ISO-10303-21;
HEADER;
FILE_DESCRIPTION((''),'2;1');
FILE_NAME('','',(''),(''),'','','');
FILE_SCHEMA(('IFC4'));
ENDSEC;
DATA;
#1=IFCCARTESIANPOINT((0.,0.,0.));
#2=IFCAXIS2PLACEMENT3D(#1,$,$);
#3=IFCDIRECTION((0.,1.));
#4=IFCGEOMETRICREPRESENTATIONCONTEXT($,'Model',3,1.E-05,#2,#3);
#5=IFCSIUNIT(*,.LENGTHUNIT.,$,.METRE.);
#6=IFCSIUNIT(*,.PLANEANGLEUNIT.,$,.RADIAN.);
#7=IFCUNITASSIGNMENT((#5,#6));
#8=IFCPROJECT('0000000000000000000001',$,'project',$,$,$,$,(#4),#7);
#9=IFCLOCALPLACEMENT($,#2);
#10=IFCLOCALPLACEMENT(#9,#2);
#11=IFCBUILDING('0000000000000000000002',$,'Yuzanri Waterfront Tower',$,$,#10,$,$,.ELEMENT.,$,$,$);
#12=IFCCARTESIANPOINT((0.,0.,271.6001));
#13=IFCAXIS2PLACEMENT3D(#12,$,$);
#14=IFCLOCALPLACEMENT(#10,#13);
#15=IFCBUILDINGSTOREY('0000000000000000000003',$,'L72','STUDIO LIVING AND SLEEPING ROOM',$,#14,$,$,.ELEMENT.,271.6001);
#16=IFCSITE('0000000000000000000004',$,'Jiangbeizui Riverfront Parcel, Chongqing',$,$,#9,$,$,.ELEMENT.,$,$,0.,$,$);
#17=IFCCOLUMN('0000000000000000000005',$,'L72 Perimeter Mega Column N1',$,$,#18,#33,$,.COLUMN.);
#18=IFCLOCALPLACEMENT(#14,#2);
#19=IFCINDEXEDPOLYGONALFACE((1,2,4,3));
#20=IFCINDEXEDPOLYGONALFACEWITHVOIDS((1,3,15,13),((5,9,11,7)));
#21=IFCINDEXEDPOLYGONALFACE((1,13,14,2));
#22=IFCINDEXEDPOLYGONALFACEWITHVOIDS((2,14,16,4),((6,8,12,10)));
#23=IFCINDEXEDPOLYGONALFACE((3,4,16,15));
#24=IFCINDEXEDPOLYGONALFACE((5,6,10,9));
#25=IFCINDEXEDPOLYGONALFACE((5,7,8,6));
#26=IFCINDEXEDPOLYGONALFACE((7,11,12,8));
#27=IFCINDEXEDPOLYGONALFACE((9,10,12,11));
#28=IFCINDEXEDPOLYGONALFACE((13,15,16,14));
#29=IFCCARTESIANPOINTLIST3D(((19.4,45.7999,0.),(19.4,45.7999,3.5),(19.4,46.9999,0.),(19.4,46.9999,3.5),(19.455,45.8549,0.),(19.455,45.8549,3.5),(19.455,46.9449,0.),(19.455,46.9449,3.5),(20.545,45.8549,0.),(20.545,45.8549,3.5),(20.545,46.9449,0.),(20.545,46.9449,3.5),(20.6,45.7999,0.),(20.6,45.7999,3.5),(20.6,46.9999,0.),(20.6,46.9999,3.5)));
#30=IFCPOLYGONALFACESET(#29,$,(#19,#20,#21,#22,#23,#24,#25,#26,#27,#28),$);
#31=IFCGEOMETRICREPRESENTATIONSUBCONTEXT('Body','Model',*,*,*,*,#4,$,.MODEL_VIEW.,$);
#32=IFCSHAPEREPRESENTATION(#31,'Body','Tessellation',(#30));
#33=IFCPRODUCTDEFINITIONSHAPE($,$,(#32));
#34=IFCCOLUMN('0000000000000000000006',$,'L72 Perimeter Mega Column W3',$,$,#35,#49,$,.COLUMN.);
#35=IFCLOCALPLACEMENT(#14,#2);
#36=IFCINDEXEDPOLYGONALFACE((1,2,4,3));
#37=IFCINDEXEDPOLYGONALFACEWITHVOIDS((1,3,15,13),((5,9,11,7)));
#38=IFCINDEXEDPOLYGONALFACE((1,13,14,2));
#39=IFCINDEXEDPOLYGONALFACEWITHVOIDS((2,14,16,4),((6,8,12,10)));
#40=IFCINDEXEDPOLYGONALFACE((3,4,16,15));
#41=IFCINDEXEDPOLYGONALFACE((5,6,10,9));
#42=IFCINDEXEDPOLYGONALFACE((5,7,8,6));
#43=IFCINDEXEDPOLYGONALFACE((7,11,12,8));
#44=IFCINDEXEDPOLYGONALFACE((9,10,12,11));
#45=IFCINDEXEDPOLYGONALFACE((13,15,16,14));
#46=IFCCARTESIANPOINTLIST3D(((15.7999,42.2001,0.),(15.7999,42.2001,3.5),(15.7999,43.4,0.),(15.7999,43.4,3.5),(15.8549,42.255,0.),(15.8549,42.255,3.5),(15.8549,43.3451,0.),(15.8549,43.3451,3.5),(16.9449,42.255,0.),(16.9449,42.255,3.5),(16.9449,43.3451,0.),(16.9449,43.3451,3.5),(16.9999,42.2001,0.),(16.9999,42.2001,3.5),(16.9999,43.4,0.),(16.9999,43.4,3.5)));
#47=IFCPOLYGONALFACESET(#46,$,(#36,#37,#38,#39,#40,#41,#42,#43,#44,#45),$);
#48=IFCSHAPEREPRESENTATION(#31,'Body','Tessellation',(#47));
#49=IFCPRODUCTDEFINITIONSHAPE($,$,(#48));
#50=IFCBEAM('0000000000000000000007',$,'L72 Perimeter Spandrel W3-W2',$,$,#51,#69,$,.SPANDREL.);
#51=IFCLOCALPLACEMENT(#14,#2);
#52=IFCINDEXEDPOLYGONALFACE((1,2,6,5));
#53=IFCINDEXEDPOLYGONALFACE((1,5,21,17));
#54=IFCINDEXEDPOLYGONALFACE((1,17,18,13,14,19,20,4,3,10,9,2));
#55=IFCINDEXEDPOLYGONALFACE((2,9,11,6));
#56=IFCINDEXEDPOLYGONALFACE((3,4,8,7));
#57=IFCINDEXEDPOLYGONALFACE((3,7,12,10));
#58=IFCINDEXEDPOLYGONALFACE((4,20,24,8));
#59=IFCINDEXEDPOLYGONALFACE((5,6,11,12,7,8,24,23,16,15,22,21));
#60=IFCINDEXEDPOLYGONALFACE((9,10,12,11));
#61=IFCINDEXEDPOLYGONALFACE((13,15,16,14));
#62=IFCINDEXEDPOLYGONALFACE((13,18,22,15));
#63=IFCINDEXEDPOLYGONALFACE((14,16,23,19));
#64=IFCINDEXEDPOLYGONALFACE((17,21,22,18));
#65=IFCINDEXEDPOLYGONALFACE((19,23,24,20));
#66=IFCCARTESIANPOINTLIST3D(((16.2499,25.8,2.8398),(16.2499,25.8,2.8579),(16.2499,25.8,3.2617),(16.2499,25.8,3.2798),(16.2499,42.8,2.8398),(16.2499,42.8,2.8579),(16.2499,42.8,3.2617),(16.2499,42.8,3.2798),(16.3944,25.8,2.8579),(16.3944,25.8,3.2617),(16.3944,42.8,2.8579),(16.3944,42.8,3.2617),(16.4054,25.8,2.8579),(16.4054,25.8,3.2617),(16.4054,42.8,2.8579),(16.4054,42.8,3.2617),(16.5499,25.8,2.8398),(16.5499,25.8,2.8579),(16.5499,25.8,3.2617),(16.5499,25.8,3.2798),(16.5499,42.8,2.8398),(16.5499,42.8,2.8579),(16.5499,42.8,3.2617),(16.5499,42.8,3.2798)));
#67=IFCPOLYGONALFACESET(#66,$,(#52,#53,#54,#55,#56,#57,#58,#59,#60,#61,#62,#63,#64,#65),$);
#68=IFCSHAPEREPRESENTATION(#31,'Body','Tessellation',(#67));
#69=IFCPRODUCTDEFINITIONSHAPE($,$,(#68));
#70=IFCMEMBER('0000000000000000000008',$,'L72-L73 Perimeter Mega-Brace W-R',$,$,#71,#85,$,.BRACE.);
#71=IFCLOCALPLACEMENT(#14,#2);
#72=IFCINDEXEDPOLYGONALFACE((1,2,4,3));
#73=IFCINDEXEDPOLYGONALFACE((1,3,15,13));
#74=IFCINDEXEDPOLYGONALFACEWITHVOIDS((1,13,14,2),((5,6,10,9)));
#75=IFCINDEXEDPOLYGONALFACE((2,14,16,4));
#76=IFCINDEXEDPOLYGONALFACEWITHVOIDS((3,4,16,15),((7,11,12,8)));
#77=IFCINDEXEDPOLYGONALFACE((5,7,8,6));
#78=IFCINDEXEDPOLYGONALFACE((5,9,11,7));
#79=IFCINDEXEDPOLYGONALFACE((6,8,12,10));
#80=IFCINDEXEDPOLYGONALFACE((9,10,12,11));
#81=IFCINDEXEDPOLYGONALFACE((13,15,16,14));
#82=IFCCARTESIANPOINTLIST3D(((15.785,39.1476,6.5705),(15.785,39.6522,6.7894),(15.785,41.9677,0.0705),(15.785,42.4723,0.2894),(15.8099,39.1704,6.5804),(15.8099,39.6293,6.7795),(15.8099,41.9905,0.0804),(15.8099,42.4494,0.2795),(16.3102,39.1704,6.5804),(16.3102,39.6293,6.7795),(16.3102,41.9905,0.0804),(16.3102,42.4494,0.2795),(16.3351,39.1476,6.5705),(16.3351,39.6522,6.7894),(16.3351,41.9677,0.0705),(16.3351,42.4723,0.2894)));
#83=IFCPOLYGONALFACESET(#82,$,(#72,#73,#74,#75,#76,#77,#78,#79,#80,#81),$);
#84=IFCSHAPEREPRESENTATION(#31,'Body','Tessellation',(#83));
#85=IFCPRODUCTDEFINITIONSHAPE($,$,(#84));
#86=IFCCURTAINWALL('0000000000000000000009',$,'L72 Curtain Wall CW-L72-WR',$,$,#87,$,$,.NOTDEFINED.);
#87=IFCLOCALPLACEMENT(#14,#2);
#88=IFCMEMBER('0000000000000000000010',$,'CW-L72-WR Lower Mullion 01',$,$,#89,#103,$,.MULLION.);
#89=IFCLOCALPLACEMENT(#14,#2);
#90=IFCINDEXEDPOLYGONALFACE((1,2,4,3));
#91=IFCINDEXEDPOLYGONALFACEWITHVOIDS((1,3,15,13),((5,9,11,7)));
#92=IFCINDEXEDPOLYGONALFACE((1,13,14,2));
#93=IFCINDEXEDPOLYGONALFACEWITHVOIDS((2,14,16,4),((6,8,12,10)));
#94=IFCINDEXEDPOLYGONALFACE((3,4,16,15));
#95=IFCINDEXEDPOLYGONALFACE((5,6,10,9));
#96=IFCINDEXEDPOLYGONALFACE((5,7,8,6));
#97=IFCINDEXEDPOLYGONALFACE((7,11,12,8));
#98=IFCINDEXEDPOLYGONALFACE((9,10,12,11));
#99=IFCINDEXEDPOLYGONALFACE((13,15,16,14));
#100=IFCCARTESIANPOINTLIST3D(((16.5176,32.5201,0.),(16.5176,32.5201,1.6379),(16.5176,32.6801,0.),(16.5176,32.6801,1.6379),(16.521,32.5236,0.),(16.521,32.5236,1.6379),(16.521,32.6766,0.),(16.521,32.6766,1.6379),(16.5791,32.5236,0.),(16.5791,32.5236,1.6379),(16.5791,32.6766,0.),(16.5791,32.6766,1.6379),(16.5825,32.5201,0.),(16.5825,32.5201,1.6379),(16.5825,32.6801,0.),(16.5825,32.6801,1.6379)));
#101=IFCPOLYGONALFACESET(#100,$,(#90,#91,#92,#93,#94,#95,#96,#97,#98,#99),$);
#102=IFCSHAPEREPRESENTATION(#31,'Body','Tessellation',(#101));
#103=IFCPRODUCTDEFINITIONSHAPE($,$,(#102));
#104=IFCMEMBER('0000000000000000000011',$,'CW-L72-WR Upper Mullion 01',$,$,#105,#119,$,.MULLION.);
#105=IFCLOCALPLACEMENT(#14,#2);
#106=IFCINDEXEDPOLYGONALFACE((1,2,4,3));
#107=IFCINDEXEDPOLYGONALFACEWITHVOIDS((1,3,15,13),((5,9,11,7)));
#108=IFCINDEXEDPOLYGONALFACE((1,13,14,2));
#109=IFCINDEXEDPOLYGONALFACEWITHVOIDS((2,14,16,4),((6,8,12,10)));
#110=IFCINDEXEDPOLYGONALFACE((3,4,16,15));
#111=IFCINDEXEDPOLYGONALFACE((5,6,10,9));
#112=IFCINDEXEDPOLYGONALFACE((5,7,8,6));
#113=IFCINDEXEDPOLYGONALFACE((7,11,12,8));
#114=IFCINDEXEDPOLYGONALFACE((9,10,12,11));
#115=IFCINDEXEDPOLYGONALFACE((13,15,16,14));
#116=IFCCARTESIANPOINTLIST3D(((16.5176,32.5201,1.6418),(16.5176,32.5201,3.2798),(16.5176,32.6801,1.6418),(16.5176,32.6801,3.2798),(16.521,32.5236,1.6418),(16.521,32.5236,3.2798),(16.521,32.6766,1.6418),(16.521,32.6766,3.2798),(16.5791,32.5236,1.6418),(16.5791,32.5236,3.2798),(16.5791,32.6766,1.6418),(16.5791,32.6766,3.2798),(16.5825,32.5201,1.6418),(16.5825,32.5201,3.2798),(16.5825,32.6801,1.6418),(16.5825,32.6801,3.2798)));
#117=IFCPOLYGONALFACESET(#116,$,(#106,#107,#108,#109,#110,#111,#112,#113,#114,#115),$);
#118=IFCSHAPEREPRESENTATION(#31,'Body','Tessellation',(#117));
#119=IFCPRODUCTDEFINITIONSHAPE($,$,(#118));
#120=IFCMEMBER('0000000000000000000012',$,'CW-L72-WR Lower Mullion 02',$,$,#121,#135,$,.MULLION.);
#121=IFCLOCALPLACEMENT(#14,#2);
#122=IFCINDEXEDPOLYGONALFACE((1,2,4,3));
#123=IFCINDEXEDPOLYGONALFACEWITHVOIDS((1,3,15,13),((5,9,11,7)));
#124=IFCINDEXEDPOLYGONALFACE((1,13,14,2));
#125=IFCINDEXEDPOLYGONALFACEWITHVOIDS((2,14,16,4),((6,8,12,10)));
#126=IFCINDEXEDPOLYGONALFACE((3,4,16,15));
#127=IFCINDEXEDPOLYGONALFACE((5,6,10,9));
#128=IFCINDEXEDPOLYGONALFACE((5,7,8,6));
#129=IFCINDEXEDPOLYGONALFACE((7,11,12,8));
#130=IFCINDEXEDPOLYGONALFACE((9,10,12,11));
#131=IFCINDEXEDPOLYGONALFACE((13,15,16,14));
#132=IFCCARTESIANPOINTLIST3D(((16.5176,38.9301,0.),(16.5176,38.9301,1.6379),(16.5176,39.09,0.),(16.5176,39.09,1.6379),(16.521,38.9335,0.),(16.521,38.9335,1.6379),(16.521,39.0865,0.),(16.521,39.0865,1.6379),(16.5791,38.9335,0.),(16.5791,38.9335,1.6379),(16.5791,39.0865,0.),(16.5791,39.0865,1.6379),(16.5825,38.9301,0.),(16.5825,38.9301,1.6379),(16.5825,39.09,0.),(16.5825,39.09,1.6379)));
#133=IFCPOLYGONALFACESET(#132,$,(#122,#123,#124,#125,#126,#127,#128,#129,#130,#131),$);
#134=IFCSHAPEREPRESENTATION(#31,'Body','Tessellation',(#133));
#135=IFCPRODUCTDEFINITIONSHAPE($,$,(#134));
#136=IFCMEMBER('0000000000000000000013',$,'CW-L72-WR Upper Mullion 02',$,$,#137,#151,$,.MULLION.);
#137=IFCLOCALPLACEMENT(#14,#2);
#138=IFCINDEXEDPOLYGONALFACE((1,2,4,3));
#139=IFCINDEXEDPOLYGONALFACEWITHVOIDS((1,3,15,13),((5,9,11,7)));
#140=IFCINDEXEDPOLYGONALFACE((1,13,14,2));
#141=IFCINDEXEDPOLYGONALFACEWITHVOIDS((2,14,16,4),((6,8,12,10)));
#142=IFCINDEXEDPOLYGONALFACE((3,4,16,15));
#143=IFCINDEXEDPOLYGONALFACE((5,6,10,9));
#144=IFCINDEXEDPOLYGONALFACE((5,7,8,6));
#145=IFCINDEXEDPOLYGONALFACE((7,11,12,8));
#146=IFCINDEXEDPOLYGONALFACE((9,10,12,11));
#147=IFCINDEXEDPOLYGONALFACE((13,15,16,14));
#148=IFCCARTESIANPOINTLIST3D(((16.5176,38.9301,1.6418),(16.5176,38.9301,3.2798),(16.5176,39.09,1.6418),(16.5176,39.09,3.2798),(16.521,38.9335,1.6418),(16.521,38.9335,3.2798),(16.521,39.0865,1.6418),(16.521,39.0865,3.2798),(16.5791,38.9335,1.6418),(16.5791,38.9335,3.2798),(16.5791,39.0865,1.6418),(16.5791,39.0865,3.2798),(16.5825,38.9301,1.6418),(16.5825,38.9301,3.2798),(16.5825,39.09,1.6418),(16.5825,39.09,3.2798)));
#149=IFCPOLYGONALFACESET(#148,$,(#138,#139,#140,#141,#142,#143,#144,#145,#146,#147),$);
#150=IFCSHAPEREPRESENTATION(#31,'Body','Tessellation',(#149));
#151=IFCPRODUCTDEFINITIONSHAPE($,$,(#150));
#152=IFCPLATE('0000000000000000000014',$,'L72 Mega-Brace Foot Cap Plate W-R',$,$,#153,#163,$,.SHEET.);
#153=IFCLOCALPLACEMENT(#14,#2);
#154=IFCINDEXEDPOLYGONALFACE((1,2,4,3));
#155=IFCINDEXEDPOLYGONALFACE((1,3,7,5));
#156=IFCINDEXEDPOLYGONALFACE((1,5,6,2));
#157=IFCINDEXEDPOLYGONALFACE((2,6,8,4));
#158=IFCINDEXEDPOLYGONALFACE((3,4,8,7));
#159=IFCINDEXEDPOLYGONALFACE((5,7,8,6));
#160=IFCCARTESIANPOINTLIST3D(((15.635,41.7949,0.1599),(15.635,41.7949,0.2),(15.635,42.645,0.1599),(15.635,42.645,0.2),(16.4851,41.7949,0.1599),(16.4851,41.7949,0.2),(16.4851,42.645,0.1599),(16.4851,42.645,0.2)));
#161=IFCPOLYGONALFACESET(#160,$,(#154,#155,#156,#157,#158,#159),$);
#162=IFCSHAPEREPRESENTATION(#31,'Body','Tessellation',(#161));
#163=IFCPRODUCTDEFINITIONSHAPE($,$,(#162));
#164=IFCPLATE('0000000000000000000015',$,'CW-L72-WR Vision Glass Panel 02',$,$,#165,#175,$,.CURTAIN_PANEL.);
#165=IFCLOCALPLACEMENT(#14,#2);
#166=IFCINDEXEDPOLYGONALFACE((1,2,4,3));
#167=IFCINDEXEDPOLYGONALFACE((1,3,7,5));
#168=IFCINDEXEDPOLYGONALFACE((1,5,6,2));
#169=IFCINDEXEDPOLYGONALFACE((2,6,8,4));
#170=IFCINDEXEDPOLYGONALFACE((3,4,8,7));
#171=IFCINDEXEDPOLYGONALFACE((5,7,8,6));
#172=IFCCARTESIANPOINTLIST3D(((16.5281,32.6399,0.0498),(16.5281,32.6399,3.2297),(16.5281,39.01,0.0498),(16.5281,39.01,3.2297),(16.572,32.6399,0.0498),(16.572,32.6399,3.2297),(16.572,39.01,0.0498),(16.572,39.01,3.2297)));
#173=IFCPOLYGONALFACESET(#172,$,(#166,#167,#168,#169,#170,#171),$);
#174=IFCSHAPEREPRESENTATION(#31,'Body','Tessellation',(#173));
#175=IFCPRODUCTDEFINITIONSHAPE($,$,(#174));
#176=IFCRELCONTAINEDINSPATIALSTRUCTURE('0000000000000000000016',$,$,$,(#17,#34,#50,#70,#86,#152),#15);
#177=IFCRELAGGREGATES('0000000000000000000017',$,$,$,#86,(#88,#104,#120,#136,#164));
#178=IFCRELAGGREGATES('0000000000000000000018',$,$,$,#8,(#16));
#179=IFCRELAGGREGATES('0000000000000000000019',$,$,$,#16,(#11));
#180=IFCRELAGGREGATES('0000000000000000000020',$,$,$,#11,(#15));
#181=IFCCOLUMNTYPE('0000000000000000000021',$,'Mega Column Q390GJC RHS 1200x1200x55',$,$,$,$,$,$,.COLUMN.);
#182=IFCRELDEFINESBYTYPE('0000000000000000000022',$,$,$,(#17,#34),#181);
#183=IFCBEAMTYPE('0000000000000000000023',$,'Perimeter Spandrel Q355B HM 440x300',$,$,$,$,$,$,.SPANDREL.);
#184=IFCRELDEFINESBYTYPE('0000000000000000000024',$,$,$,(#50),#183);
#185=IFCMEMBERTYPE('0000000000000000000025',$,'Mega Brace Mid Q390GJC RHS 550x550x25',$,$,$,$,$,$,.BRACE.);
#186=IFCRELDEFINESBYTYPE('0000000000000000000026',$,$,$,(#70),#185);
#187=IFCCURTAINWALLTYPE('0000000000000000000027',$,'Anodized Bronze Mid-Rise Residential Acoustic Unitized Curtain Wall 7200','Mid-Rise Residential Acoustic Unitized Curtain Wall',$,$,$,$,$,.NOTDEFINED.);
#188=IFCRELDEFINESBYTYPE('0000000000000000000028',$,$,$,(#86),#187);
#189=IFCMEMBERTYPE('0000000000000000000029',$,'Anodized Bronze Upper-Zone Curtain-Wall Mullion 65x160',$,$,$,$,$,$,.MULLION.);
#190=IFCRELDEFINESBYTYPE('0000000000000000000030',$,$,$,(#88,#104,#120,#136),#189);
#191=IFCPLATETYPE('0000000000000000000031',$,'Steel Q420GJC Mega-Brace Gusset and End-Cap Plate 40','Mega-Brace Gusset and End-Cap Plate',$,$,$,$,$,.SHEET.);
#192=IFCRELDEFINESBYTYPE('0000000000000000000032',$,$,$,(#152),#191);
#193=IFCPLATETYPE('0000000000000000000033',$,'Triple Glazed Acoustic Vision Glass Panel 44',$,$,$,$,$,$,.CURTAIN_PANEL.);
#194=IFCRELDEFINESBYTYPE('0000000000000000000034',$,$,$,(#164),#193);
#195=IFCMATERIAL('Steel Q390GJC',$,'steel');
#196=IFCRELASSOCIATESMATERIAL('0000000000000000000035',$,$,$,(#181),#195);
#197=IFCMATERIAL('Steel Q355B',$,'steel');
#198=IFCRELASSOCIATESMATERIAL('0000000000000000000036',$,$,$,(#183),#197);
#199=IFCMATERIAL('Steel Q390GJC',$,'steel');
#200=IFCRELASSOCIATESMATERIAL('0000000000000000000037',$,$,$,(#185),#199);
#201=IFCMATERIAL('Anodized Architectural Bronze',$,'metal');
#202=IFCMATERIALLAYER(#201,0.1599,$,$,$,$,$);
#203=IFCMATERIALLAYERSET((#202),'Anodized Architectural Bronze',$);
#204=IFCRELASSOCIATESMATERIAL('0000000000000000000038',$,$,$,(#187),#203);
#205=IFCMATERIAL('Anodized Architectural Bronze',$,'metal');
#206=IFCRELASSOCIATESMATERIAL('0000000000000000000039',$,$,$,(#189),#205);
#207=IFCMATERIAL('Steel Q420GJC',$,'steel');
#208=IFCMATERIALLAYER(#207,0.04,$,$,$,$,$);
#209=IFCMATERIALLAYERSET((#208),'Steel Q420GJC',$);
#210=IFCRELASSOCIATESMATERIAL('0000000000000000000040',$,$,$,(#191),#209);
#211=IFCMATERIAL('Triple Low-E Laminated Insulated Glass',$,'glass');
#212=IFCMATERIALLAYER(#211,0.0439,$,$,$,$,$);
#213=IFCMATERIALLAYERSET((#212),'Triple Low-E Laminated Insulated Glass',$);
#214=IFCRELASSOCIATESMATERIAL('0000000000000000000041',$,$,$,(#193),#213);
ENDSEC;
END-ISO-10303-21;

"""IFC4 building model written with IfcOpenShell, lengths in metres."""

from ifc_helpers import new_model, si_unit, direction, frame, origin, origin_2d, place, context, subcontext, project, spatial, rectangle, hollow_rectangle, i_section, extrude, source, transform, mapped, material, layer, layer_set, material_profile, profile_set, type_object, element, aggregate, save


model = new_model("IFC4")

# Units and contexts
model_context = context("Model", 3, precision=1e-05, world=origin(), true_north=direction((0.0, 1.0)))
body_context = subcontext(model_context, "Body", "Model", "MODEL_VIEW")
ifc_project = project(units=[si_unit("LENGTHUNIT", "METRE"), si_unit("PLANEANGLEUNIT", "RADIAN")], contexts=[model_context])

# Site, building, storey
site_placement = place(None, origin())
site = spatial("IfcSite", under=ifc_project, at=site_placement, Name="Jiangbeizui Riverfront Parcel, Chongqing", CompositionType="ELEMENT", RefElevation=0.0)
building_placement = place(site_placement, origin())
building = spatial("IfcBuilding", under=site, at=building_placement, Name="Yuzanri Waterfront Tower", CompositionType="ELEMENT")
storey_placement = place(building_placement, frame((0.0, 0.0, 271.6001)))
storey = spatial("IfcBuildingStorey", under=building, at=storey_placement, Name="L72", Description="STUDIO LIVING AND SLEEPING ROOM", CompositionType="ELEMENT", Elevation=271.6001)

# Columns
ifc_material_1 = material(Name="Steel Q390GJC", Category="steel")
ifc_material_profile_1 = material_profile(ifc_material_1, hollow_rectangle(XDim=1.2, YDim=1.2, WallThickness=0.0549, at=origin_2d()), Name="RHS 1200x1200x55")
ifc_profile_set_1 = profile_set([ifc_material_profile_1], Name="Steel Q390GJC")
column_type = type_object("IfcColumnType", Name="Mega Column Q390GJC RHS 1200x1200x55", PredefinedType="COLUMN", material=ifc_profile_set_1)
shared_shape_1 = source(origin(), body_context, "Body", "SweptSolid", [
    extrude(hollow_rectangle(XDim=1.2, YDim=1.2, WallThickness=0.0549, at=origin_2d()), origin(), (0.0, 0.0, 1.0), 3.5),
])
for number, where, z_axis, x_axis, name in (
    (1, (20.0, 46.3999, 0.0), (0.0, 0.0, 1.0), (1.0, 0.0, 0.0), "L72 Perimeter Mega Column N1"),
    (2, (16.3999, 42.8, 0.0), (0.0, 0.0, 1.0), (1.0, 0.0, 0.0), "L72 Perimeter Mega Column W3"),
):
    element("IfcColumn", number, at=place(storey_placement, frame(where, z_axis=z_axis, x_axis=x_axis)), inside=storey, type_object=column_type, Name=name, PredefinedType="COLUMN", context=body_context, shape_type="MappedRepresentation", body=[
        mapped(shared_shape_1, transform((0.0, 0.0, 0.0), scale=1.0)),
    ])

# Beam
ifc_material_2 = material(Name="Steel Q355B", Category="steel")
ifc_material_profile_2 = material_profile(ifc_material_2, i_section(OverallWidth=0.3, OverallDepth=0.4399, WebThickness=0.011, FlangeThickness=0.0181, at=origin_2d()), Name="HM 440x300x11x18")
ifc_profile_set_2 = profile_set([ifc_material_profile_2], Name="Steel Q355B")
beam_type = type_object("IfcBeamType", Name="Perimeter Spandrel Q355B HM 440x300", PredefinedType="SPANDREL", material=ifc_profile_set_2)
shared_shape_2 = source(origin(), body_context, "Body", "SweptSolid", [
    extrude(i_section(OverallWidth=0.3, OverallDepth=0.4399, WebThickness=0.011, FlangeThickness=0.0181, at=origin_2d()), origin(), (0.0, 0.0, 1.0), 17.0),
])
beam_placement = place(storey_placement, frame((16.3999, 42.8, 3.0598), z_axis=(0.0, -1.0, 0.0), x_axis=(1.0, 0.0, 0.0)))
element("IfcBeam", 3, at=beam_placement, inside=storey, type_object=beam_type, Name="L72 Perimeter Spandrel W3-W2", PredefinedType="SPANDREL", context=body_context, shape_type="MappedRepresentation", body=[
    mapped(shared_shape_2, transform((0.0, 0.0, 0.0), scale=1.0)),
])

# Member
ifc_material_3 = material(Name="Steel Q390GJC", Category="steel")
ifc_material_profile_3 = material_profile(ifc_material_3, hollow_rectangle(XDim=0.55, YDim=0.55, WallThickness=0.0249, at=origin_2d()), Name="RHS 550x550x25")
ifc_profile_set_3 = profile_set([ifc_material_profile_3], Name="Steel Q390GJC")
member_type_1 = type_object("IfcMemberType", Name="Mega Brace Mid Q390GJC RHS 550x550x25", PredefinedType="BRACE", material=ifc_profile_set_3)
shared_shape_3 = source(origin(), body_context, "Body", "SweptSolid", [
    extrude(hollow_rectangle(XDim=0.55, YDim=0.55, WallThickness=0.0249, at=origin_2d()), origin(), (0.0, 0.0, 1.0), 7.0854),
])
member_1_placement = place(storey_placement, frame((16.0601, 42.22, 0.1799), z_axis=(0.0, -0.398012, 0.91738), x_axis=(1.0, 0.0, 0.0)))
element("IfcMember", 4, at=member_1_placement, inside=storey, type_object=member_type_1, Name="L72-L73 Perimeter Mega-Brace W-R", PredefinedType="BRACE", context=body_context, shape_type="MappedRepresentation", body=[
    mapped(shared_shape_3, transform((0.0, 0.0, 0.0), scale=1.0)),
])

# Curtain wall, members
ifc_material_4 = material(Name="Anodized Architectural Bronze", Category="metal")
ifc_layer_1 = layer(ifc_material_4, 0.1599)
ifc_layer_set_1 = layer_set([ifc_layer_1], Name="Anodized Architectural Bronze")
curtain_wall_type = type_object("IfcCurtainWallType", Name="Anodized Bronze Mid-Rise Residential Acoustic Unitized Curtain Wall 7200", Description="Mid-Rise Residential Acoustic Unitized Curtain Wall", PredefinedType="NOTDEFINED", material=ifc_layer_set_1)
curtain_wall_placement = place(storey_placement, origin())
curtain_wall = element("IfcCurtainWall", 5, at=curtain_wall_placement, inside=storey, type_object=curtain_wall_type, Name="L72 Curtain Wall CW-L72-WR", PredefinedType="NOTDEFINED")
ifc_material_5 = material(Name="Anodized Architectural Bronze", Category="metal")
ifc_material_profile_4 = material_profile(ifc_material_5, hollow_rectangle(XDim=0.0649, YDim=0.1599, WallThickness=0.0034, at=origin_2d()), Name="CWM 65x160")
ifc_profile_set_4 = profile_set([ifc_material_profile_4], Name="Anodized Architectural Bronze")
member_type_2 = type_object("IfcMemberType", Name="Anodized Bronze Upper-Zone Curtain-Wall Mullion 65x160", PredefinedType="MULLION", material=ifc_profile_set_4)
shared_shape_4 = source(origin(), body_context, "Body", "SweptSolid", [
    extrude(hollow_rectangle(XDim=0.0649, YDim=0.1599, WallThickness=0.0034, at=origin_2d()), origin(), (0.0, 0.0, 1.0), 1.6379),
])
member_2_placement = place(storey_placement, frame((16.55, 32.6001, 0.0), z_axis=(0.0, 0.0, 1.0), x_axis=(1.0, 0.0, 0.0)))
member_2 = element("IfcMember", 6, at=member_2_placement, type_object=member_type_2, Name="CW-L72-WR Lower Mullion 01", PredefinedType="MULLION", context=body_context, shape_type="MappedRepresentation", body=[
    mapped(shared_shape_4, transform((0.0, 0.0, 0.0), scale=1.0)),
])
member_3_placement = place(storey_placement, frame((16.55, 32.6001, 1.6418), z_axis=(0.0, 0.0, 1.0), x_axis=(1.0, 0.0, 0.0)))
member_3 = element("IfcMember", 7, at=member_3_placement, type_object=member_type_2, Name="CW-L72-WR Upper Mullion 01", PredefinedType="MULLION", context=body_context, shape_type="MappedRepresentation", body=[
    mapped(shared_shape_4, transform((0.0, 0.0, 0.0), scale=1.0)),
])
member_4_placement = place(storey_placement, frame((16.55, 39.01, 0.0), z_axis=(0.0, 0.0, 1.0), x_axis=(1.0, 0.0, 0.0)))
member_4 = element("IfcMember", 8, at=member_4_placement, type_object=member_type_2, Name="CW-L72-WR Lower Mullion 02", PredefinedType="MULLION", context=body_context, shape_type="MappedRepresentation", body=[
    mapped(shared_shape_4, transform((0.0, 0.0, 0.0), scale=1.0)),
])
member_5_placement = place(storey_placement, frame((16.55, 39.01, 1.6418), z_axis=(0.0, 0.0, 1.0), x_axis=(1.0, 0.0, 0.0)))
member_5 = element("IfcMember", 9, at=member_5_placement, type_object=member_type_2, Name="CW-L72-WR Upper Mullion 02", PredefinedType="MULLION", context=body_context, shape_type="MappedRepresentation", body=[
    mapped(shared_shape_4, transform((0.0, 0.0, 0.0), scale=1.0)),
])

# Plates
ifc_material_6 = material(Name="Steel Q420GJC", Category="steel")
ifc_layer_2 = layer(ifc_material_6, 0.04)
ifc_layer_set_2 = layer_set([ifc_layer_2], Name="Steel Q420GJC")
plate_type_1 = type_object("IfcPlateType", Name="Steel Q420GJC Mega-Brace Gusset and End-Cap Plate 40", Description="Mega-Brace Gusset and End-Cap Plate", PredefinedType="SHEET", material=ifc_layer_set_2)
shared_shape_5 = source(origin(), body_context, "Body", "SweptSolid", [
    extrude(rectangle(XDim=0.8501, YDim=0.8501, at=origin_2d()), origin(), (0.0, 0.0, 1.0), 0.04),
])
plate_1_placement = place(storey_placement, frame((16.0601, 42.22, 0.1599), z_axis=(0.0, 0.0, 1.0), x_axis=(1.0, 0.0, 0.0)))
element("IfcPlate", 10, at=plate_1_placement, inside=storey, type_object=plate_type_1, Name="L72 Mega-Brace Foot Cap Plate W-R", PredefinedType="SHEET", context=body_context, shape_type="MappedRepresentation", body=[
    mapped(shared_shape_5, transform((0.0, 0.0, 0.0), scale=1.0)),
])
ifc_material_7 = material(Name="Triple Low-E Laminated Insulated Glass", Category="glass")
ifc_layer_3 = layer(ifc_material_7, 0.0439)
ifc_layer_set_3 = layer_set([ifc_layer_3], Name="Triple Low-E Laminated Insulated Glass")
plate_type_2 = type_object("IfcPlateType", Name="Triple Glazed Acoustic Vision Glass Panel 44", PredefinedType="CURTAIN_PANEL", material=ifc_layer_set_3)
shared_shape_6 = source(origin(), body_context, "Body", "SweptSolid", [
    extrude(rectangle(XDim=6.3701, YDim=0.0439, at=origin_2d()), origin(), (0.0, 0.0, 1.0), 3.1799),
])
plate_2_placement = place(storey_placement, frame((16.55, 35.825, 0.0498), z_axis=(0.0, 0.0, 1.0), x_axis=(0.0, 1.0, 0.0)))
plate_2 = element("IfcPlate", 11, at=plate_2_placement, type_object=plate_type_2, Name="CW-L72-WR Vision Glass Panel 02", PredefinedType="CURTAIN_PANEL", context=body_context, shape_type="MappedRepresentation", body=[
    mapped(shared_shape_6, transform((0.0, 0.0, 0.0), scale=1.0)),
])
aggregate(curtain_wall, [member_2, member_3, member_4, member_5, plate_2])

save(model, "model.ifc")
